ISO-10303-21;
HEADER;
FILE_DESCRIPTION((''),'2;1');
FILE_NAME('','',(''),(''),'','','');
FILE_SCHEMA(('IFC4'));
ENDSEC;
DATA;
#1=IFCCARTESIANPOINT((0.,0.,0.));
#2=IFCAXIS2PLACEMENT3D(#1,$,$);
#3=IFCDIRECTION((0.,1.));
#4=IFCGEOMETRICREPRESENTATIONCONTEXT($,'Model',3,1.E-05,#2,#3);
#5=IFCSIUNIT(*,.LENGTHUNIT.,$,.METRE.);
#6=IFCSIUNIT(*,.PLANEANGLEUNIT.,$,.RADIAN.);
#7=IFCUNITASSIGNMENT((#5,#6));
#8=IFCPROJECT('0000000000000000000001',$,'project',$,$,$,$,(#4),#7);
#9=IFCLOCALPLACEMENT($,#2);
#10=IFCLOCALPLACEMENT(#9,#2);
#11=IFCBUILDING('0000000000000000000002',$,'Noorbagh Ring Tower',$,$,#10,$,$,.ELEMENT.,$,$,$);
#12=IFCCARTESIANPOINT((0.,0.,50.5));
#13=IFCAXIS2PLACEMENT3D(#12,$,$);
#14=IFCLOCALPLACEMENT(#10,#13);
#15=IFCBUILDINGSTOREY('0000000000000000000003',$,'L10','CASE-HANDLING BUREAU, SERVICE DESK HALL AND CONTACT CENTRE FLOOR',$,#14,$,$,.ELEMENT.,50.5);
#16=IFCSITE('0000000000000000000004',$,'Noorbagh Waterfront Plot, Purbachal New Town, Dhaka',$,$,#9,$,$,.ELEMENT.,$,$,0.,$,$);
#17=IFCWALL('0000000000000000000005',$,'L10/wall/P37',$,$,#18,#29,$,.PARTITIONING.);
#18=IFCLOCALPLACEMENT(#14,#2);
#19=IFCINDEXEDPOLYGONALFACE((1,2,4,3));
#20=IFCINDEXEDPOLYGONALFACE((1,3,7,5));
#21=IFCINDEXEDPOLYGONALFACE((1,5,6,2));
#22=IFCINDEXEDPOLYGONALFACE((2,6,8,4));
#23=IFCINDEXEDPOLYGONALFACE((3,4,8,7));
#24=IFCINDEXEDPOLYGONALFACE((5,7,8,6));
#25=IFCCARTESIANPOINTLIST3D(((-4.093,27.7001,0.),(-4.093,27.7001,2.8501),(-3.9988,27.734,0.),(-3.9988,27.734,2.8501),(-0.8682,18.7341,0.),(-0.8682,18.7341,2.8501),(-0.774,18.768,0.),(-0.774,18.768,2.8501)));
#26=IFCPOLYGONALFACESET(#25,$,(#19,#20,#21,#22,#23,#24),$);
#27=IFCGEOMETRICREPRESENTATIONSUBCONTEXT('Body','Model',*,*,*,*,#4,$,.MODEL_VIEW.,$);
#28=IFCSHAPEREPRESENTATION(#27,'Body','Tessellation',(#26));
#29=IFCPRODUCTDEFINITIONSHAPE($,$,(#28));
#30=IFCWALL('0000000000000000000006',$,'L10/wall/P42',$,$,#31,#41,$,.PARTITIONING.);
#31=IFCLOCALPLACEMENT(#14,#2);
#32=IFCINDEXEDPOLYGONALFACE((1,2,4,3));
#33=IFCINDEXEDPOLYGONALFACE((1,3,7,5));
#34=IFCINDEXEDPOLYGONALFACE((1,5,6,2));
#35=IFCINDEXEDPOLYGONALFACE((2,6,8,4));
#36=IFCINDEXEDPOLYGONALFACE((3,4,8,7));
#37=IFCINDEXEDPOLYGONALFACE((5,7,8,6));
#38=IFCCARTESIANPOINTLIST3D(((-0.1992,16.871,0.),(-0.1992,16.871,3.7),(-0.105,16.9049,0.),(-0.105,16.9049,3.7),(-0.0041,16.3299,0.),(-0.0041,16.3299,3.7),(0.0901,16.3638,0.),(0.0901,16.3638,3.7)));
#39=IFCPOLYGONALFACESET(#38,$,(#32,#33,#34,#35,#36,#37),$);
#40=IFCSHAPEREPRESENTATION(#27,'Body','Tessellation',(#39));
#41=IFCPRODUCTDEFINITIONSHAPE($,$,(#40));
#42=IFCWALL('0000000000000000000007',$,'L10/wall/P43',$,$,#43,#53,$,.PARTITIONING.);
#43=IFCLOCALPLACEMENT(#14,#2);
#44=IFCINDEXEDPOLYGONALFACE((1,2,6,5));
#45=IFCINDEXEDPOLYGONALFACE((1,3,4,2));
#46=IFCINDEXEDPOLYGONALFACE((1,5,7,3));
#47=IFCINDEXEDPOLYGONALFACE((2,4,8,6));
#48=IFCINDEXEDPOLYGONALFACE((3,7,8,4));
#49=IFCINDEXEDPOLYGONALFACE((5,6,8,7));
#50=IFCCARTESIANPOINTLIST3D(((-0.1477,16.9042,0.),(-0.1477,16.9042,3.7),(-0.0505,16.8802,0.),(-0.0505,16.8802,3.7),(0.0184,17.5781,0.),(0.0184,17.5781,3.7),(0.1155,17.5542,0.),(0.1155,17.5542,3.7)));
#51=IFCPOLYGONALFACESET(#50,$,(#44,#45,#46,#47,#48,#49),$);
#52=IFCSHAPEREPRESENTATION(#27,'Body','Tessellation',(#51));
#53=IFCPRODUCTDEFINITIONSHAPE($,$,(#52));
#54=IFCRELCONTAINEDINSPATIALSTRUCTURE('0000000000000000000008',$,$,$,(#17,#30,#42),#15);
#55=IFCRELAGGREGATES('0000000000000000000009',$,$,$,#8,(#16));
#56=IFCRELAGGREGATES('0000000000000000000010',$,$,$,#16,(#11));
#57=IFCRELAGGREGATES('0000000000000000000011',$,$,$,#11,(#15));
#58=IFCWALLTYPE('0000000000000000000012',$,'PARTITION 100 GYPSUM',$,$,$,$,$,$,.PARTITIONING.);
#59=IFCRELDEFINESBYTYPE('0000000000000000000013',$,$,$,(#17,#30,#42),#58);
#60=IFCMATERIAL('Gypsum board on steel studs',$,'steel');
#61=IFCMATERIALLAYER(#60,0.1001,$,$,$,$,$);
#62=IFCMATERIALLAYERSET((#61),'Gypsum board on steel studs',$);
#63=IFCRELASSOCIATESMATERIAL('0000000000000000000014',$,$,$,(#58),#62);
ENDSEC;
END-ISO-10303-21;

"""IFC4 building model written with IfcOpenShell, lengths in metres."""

from ifc_helpers import new_model, si_unit, direction, frame, frame_2d, origin, place, context, subcontext, project, spatial, rectangle, extrude, material, layer, layer_set, type_object, element, save


model = new_model("IFC4")

# Units and contexts
model_context = context("Model", 3, precision=1e-05, world=origin(), true_north=direction((0.0, 1.0)))
body_context = subcontext(model_context, "Body", "Model", "MODEL_VIEW")
ifc_project = project(units=[si_unit("LENGTHUNIT", "METRE"), si_unit("PLANEANGLEUNIT", "RADIAN")], contexts=[model_context])

# Site, building, storey
site_placement = place(None, origin())
site = spatial("IfcSite", under=ifc_project, at=site_placement, Name="Noorbagh Waterfront Plot, Purbachal New Town, Dhaka", CompositionType="ELEMENT", RefElevation=0.0)
building_placement = place(site_placement, origin())
building = spatial("IfcBuilding", under=site, at=building_placement, Name="Noorbagh Ring Tower", CompositionType="ELEMENT")
storey_placement = place(building_placement, frame((0.0, 0.0, 50.5)))
storey = spatial("IfcBuildingStorey", under=building, at=storey_placement, Name="L10", Description="CASE-HANDLING BUREAU, SERVICE DESK HALL AND CONTACT CENTRE FLOOR", CompositionType="ELEMENT", Elevation=50.5)

# Walls
ifc_material_1 = material(Name="Gypsum board on steel studs", Category="steel")
ifc_layer_1 = layer(ifc_material_1, 0.1001)
ifc_layer_set_1 = layer_set([ifc_layer_1], Name="Gypsum board on steel studs")
wall_type_1 = type_object("IfcWallType", Name="PARTITION 100 GYPSUM", PredefinedType="PARTITIONING", material=ifc_layer_set_1)
wall_1_placement = place(storey_placement, frame((-4.0459, 27.717, 0.0), z_axis=(0.0, 0.0, 1.0), x_axis=(0.338447, -0.940985, 0.0)))
element("IfcWall", 1, at=wall_1_placement, inside=storey, type_object=wall_type_1, Name="L10/wall/P37", PredefinedType="PARTITIONING", context=body_context, shape_type="SweptSolid", body=[
    extrude(rectangle(XDim=9.5283, YDim=0.1001, at=frame_2d((4.7642, 0.0))), origin(), (0.0, 0.0, 1.0), 2.8501),
])
wall_2_placement = place(storey_placement, frame((-0.1521, 16.8879, 0.0), z_axis=(0.0, 0.0, 1.0), x_axis=(0.339185, -0.94072, 0.0)))
element("IfcWall", 2, at=wall_2_placement, inside=storey, type_object=wall_type_1, Name="L10/wall/P42", PredefinedType="PARTITIONING", context=body_context, shape_type="SweptSolid", body=[
    extrude(rectangle(XDim=0.5752, YDim=0.1001, at=frame_2d((0.2876, 0.0))), origin(), (0.0, 0.0, 1.0), 3.7),
])
wall_3_placement = place(storey_placement, frame((-0.0991, 16.8921, 0.0), z_axis=(0.0, 0.0, 1.0), x_axis=(0.239223, 0.970965, 0.0)))
element("IfcWall", 3, at=wall_3_placement, inside=storey, type_object=wall_type_1, Name="L10/wall/P43", PredefinedType="PARTITIONING", context=body_context, shape_type="SweptSolid", body=[
    extrude(rectangle(XDim=0.6941, YDim=0.1001, at=frame_2d((0.3472, 0.0))), origin(), (0.0, 0.0, 1.0), 3.7),
])

save(model, "model.ifc")
